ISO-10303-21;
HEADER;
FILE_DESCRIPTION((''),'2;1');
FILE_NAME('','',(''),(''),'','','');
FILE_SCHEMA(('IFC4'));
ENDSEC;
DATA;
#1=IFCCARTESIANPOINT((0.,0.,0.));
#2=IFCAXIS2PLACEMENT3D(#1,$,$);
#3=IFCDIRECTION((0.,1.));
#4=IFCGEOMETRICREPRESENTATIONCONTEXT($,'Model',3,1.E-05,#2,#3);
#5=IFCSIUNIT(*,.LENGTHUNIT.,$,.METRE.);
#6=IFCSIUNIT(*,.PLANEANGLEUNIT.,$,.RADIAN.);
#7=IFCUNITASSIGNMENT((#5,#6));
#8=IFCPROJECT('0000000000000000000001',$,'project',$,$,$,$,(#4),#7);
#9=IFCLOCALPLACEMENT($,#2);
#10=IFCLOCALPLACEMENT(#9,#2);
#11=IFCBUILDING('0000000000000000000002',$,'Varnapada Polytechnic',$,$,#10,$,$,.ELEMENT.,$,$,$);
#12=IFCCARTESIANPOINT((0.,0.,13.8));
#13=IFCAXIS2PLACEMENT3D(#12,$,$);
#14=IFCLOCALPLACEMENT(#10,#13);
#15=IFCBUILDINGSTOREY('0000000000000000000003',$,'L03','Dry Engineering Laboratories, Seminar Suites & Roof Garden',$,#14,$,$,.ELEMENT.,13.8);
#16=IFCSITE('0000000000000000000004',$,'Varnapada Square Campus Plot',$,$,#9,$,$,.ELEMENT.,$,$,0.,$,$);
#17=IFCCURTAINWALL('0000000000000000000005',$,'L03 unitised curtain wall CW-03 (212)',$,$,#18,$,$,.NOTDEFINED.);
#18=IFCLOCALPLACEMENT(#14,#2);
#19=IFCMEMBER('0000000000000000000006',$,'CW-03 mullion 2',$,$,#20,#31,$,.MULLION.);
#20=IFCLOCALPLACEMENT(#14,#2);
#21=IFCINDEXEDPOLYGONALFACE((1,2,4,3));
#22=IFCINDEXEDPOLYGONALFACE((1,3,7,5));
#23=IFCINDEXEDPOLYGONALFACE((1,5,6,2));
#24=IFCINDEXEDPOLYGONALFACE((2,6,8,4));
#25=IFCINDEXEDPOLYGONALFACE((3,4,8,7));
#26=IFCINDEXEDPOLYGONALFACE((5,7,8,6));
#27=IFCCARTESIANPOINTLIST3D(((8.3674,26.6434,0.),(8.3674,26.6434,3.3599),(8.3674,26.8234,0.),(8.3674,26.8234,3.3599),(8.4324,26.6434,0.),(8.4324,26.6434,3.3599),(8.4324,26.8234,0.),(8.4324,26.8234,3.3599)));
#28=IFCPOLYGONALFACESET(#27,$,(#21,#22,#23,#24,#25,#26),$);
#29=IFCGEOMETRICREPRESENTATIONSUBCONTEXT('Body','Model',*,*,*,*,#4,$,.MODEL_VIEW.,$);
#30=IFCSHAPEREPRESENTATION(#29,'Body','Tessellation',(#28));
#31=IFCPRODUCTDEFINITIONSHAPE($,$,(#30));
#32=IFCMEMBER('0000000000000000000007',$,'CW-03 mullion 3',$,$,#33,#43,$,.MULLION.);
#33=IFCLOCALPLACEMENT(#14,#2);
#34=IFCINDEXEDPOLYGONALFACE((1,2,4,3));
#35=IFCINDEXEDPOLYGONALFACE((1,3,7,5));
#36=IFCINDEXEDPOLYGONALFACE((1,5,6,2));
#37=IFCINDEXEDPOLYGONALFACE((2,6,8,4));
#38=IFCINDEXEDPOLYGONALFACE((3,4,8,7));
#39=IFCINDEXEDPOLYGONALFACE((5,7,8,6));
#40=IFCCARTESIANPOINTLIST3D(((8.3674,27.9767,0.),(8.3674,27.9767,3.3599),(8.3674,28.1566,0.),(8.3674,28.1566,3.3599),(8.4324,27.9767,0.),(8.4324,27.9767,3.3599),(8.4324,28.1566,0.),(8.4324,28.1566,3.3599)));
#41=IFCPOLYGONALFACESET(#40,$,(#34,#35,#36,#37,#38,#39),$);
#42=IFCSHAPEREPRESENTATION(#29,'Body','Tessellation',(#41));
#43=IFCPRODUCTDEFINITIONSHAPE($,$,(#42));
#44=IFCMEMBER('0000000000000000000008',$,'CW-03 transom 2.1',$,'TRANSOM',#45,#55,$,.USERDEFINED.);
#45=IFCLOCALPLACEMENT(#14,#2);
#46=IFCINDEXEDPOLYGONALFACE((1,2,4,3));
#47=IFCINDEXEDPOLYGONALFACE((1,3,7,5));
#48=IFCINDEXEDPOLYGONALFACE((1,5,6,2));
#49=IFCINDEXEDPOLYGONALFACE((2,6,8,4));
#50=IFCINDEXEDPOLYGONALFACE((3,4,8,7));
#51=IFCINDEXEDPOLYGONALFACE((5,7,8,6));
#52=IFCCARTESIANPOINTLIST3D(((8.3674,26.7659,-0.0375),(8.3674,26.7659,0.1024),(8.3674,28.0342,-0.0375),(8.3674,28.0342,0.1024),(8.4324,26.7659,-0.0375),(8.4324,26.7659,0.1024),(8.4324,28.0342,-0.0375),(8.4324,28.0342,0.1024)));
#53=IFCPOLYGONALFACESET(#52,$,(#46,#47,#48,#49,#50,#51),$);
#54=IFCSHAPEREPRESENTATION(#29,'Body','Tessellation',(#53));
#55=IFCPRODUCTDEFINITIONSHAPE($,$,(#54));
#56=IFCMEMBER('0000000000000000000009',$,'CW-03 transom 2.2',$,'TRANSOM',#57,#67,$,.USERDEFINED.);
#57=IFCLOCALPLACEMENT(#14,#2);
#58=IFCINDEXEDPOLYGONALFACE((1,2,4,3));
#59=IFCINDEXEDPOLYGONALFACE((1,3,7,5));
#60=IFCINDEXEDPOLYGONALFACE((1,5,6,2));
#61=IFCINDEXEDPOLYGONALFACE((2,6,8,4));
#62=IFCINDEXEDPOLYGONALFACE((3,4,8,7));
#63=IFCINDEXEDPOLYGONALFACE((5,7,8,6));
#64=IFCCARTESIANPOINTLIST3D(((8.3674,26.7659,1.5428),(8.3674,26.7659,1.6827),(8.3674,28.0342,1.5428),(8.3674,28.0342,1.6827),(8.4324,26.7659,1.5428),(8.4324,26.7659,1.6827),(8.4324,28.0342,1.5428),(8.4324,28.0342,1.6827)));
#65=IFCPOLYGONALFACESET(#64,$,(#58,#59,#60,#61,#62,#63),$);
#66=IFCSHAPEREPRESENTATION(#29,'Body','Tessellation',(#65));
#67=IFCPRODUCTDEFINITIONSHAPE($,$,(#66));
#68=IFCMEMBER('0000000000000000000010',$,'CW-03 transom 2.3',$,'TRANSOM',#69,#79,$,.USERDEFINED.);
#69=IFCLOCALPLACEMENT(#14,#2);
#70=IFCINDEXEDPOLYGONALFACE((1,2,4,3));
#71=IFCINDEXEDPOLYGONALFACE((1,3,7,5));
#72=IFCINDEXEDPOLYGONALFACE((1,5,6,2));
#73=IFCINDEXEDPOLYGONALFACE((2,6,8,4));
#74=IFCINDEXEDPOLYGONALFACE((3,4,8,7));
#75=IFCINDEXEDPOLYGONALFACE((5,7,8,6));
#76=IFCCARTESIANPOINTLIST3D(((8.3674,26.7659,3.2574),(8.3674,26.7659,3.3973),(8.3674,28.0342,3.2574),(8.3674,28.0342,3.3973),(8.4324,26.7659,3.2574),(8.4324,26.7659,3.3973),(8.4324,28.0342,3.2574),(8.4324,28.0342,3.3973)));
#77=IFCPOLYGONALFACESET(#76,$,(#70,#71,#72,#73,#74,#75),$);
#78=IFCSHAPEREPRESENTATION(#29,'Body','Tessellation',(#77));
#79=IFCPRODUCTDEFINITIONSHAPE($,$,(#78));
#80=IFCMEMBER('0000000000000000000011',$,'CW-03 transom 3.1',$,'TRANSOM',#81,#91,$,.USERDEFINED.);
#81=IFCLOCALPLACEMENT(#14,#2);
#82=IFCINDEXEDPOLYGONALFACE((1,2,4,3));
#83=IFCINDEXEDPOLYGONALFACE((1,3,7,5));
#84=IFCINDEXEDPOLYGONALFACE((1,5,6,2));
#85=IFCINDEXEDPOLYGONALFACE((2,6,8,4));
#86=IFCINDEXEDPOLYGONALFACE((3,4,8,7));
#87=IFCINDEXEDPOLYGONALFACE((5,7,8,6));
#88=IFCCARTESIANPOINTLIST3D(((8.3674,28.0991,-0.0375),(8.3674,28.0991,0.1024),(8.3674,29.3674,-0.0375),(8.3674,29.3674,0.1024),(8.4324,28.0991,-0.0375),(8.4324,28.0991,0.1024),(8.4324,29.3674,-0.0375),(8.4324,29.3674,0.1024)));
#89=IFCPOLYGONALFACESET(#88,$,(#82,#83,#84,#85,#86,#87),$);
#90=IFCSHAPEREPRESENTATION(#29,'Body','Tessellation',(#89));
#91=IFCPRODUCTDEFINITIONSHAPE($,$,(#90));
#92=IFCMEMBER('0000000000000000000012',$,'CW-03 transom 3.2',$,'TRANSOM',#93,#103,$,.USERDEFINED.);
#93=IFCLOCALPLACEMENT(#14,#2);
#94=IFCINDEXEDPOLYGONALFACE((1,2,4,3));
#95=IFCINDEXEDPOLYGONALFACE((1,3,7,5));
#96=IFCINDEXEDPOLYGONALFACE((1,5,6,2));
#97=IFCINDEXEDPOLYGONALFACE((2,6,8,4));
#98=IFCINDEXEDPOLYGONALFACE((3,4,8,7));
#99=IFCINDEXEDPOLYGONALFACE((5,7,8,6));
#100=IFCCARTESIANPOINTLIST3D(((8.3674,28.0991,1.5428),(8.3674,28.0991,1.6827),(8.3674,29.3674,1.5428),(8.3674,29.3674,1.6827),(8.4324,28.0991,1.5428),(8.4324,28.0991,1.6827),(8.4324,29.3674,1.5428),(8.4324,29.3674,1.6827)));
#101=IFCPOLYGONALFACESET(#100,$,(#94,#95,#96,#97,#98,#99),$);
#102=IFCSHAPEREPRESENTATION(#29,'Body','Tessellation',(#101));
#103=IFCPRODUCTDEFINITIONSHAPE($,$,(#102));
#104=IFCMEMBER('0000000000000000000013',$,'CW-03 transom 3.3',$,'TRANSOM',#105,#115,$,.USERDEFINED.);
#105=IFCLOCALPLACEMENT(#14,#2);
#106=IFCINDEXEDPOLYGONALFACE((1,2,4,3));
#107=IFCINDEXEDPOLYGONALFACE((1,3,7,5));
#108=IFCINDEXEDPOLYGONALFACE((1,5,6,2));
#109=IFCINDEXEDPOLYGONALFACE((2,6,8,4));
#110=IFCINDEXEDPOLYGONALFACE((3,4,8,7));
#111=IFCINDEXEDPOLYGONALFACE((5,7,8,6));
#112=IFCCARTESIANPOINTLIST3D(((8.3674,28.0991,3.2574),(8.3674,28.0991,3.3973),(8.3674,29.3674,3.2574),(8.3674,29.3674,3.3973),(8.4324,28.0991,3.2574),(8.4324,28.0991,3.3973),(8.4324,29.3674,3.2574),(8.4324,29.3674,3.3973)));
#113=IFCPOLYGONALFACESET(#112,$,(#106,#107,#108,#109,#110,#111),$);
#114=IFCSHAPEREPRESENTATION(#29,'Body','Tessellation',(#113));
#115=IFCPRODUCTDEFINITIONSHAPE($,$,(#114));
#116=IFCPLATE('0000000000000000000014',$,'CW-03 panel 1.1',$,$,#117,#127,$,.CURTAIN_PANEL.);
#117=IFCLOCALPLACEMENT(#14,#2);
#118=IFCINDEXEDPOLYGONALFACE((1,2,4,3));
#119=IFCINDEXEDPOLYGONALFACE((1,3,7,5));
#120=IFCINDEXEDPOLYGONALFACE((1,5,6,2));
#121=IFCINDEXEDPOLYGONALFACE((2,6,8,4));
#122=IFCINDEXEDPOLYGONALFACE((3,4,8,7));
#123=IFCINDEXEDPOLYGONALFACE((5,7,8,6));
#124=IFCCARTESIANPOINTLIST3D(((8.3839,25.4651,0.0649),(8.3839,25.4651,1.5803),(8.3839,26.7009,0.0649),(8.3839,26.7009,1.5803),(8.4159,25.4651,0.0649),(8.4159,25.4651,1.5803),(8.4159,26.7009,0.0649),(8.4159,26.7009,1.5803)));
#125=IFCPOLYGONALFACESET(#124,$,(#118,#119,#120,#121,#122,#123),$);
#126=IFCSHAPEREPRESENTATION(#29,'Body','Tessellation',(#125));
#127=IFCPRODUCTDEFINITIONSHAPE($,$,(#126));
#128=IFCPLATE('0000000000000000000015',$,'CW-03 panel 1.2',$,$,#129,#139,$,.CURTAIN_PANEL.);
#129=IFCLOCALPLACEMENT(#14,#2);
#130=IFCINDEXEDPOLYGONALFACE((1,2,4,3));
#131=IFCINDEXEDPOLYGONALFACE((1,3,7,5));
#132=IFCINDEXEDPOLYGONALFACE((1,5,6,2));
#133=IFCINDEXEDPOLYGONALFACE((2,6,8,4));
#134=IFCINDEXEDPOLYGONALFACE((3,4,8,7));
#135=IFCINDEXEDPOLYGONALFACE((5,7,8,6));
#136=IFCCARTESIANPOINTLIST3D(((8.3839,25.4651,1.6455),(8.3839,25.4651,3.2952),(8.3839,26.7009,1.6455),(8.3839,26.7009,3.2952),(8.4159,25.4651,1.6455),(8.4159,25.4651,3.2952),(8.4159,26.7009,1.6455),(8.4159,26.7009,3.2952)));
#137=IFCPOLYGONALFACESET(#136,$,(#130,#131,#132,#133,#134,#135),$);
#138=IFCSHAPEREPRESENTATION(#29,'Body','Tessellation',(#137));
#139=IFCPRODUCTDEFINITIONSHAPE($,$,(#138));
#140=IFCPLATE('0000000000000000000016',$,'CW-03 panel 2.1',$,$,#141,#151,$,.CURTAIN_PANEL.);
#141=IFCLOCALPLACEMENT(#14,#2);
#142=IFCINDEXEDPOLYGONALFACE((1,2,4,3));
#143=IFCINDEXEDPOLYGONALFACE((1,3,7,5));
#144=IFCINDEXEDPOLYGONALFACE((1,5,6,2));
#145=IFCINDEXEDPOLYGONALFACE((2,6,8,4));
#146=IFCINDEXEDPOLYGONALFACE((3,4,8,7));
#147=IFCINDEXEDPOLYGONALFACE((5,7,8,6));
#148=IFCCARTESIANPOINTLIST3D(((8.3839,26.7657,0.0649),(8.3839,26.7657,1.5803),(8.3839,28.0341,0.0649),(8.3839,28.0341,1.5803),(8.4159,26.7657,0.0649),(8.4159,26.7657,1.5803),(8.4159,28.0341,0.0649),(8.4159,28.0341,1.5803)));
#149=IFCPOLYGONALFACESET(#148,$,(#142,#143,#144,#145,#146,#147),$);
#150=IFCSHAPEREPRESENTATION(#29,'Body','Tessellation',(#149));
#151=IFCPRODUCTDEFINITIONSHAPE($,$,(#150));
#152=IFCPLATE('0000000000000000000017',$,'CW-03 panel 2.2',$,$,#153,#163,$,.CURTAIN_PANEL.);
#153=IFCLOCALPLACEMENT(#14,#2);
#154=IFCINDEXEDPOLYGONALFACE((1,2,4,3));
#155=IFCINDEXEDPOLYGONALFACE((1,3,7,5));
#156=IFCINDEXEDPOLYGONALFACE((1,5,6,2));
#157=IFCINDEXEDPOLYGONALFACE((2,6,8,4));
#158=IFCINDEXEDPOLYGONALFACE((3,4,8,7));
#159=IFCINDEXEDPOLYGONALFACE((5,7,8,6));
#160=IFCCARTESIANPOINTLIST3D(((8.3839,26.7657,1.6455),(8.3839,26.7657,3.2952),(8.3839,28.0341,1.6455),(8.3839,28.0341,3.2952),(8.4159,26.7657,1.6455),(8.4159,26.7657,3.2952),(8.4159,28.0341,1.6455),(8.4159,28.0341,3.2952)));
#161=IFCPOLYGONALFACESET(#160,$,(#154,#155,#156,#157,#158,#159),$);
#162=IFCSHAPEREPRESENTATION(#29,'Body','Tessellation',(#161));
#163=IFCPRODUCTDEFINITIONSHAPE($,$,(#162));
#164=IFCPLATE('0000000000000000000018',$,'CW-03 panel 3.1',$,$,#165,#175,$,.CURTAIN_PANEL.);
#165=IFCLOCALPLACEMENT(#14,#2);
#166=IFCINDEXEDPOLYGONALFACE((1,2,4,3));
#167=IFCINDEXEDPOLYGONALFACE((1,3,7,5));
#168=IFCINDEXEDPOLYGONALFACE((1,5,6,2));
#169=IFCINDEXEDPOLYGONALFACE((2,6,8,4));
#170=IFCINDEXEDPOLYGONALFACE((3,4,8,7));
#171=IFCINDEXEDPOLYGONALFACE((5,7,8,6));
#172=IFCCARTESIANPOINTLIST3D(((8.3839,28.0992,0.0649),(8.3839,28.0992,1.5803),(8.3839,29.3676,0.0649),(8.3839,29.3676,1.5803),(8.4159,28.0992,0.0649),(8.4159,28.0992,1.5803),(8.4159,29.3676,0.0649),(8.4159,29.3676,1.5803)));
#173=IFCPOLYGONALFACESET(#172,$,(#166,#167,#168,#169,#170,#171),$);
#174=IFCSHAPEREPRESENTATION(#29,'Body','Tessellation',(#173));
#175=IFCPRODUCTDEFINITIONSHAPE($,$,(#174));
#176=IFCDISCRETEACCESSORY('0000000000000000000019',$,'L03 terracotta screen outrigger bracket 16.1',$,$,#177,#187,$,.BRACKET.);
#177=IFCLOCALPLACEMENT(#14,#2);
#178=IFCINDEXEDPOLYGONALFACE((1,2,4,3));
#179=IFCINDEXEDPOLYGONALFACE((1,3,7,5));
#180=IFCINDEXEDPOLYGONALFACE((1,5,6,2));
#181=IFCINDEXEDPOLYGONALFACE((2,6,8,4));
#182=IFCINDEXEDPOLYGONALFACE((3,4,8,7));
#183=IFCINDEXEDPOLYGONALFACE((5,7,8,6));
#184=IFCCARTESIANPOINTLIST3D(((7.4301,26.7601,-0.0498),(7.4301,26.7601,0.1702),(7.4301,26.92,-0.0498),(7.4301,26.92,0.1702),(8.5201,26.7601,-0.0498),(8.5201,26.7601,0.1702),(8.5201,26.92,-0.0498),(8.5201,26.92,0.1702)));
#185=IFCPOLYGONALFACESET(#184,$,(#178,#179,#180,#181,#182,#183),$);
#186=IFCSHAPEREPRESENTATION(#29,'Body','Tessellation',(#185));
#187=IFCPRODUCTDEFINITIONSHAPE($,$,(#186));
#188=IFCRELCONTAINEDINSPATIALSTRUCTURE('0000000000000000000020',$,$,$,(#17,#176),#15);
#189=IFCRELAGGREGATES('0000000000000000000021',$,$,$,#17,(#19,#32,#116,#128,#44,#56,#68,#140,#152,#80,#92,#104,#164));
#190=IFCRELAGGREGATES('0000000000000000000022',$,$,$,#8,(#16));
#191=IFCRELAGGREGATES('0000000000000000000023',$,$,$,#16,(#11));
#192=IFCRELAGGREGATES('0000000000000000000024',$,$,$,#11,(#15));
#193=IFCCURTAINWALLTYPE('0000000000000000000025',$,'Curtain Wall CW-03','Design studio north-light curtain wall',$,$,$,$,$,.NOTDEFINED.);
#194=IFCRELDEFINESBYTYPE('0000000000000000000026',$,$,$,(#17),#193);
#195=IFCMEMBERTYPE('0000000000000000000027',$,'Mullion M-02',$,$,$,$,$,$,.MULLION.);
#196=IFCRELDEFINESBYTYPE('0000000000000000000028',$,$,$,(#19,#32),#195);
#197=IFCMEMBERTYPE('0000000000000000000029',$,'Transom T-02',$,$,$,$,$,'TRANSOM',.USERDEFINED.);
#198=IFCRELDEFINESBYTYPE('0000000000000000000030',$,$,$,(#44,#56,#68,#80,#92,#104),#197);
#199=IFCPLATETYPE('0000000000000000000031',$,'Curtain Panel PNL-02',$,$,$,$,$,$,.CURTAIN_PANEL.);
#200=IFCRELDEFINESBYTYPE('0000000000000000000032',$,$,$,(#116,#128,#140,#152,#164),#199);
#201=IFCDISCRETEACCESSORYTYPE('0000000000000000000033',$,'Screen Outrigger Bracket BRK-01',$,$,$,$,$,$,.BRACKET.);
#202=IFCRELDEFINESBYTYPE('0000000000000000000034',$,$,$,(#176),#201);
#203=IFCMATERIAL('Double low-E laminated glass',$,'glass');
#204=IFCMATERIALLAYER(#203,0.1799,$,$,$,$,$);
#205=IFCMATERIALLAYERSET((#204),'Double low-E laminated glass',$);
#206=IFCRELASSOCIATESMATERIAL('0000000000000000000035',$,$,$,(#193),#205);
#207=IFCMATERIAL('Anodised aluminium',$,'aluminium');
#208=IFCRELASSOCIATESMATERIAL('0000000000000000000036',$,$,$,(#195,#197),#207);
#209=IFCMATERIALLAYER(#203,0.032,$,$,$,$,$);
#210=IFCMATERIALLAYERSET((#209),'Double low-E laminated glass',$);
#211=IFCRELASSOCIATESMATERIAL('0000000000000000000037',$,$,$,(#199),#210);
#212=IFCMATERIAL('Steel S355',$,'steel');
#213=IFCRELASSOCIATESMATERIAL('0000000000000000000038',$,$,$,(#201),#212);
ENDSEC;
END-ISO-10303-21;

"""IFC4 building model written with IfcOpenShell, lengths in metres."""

from ifc_helpers import new_model, si_unit, direction, frame, origin, origin_2d, place, context, subcontext, project, spatial, rectangle, extrude, material, layer, layer_set, material_profile, profile_set, type_object, element, aggregate, save


model = new_model("IFC4")

# Units and contexts
model_context = context("Model", 3, precision=1e-05, world=origin(), true_north=direction((0.0, 1.0)))
body_context = subcontext(model_context, "Body", "Model", "MODEL_VIEW")
ifc_project = project(units=[si_unit("LENGTHUNIT", "METRE"), si_unit("PLANEANGLEUNIT", "RADIAN")], contexts=[model_context])

# Site, building, storey
site_placement = place(None, origin())
site = spatial("IfcSite", under=ifc_project, at=site_placement, Name="Varnapada Square Campus Plot", CompositionType="ELEMENT", RefElevation=0.0)
building_placement = place(site_placement, origin())
building = spatial("IfcBuilding", under=site, at=building_placement, Name="Varnapada Polytechnic", CompositionType="ELEMENT")
storey_placement = place(building_placement, frame((0.0, 0.0, 13.8)))
storey = spatial("IfcBuildingStorey", under=building, at=storey_placement, Name="L03", Description="Dry Engineering Laboratories, Seminar Suites & Roof Garden", CompositionType="ELEMENT", Elevation=13.8)

# Curtain wall, members, plates
ifc_material_1 = material(Name="Double low-E laminated glass", Category="glass")
ifc_layer_1 = layer(ifc_material_1, 0.1799)
ifc_layer_set_1 = layer_set([ifc_layer_1], Name="Double low-E laminated glass")
curtain_wall_type = type_object("IfcCurtainWallType", Name="Curtain Wall CW-03", Description="Design studio north-light curtain wall", PredefinedType="NOTDEFINED", material=ifc_layer_set_1)
curtain_wall_placement = place(storey_placement, origin())
curtain_wall = element("IfcCurtainWall", 1, at=curtain_wall_placement, inside=storey, type_object=curtain_wall_type, Name="L03 unitised curtain wall CW-03 (212)", PredefinedType="NOTDEFINED")
ifc_material_2 = material(Name="Anodised aluminium", Category="aluminium")
ifc_material_profile_1 = material_profile(ifc_material_2, rectangle(XDim=0.0649, YDim=0.1799, at=origin_2d()), Name="ALU M65x180")
ifc_profile_set_1 = profile_set([ifc_material_profile_1], Name="Anodised aluminium")
member_type_1 = type_object("IfcMemberType", Name="Mullion M-02", PredefinedType="MULLION", material=ifc_profile_set_1)
member_1_placement = place(storey_placement, frame((8.3999, 26.7334, 0.0), z_axis=(0.0, 0.0, 1.0), x_axis=(-1.0, 0.0, 0.0)))
member_1 = element("IfcMember", 2, at=member_1_placement, type_object=member_type_1, Name="CW-03 mullion 2", PredefinedType="MULLION", context=body_context, shape_type="SweptSolid", body=[
    extrude(rectangle(XDim=0.0649, YDim=0.1799, at=origin_2d()), origin(), (0.0, 0.0, 1.0), 3.3599),
])
member_2_placement = place(storey_placement, frame((8.3999, 28.0667, 0.0), z_axis=(0.0, 0.0, 1.0), x_axis=(-1.0, 0.0, 0.0)))
member_2 = element("IfcMember", 3, at=member_2_placement, type_object=member_type_1, Name="CW-03 mullion 3", PredefinedType="MULLION", context=body_context, shape_type="SweptSolid", body=[
    extrude(rectangle(XDim=0.0649, YDim=0.1799, at=origin_2d()), origin(), (0.0, 0.0, 1.0), 3.3599),
])
ifc_material_profile_2 = material_profile(ifc_material_2, rectangle(XDim=0.0649, YDim=0.1399, at=origin_2d()), Name="ALU T65x140")
ifc_profile_set_2 = profile_set([ifc_material_profile_2], Name="Anodised aluminium")
member_type_2 = type_object("IfcMemberType", Name="Transom T-02", ElementType="TRANSOM", PredefinedType="USERDEFINED", material=ifc_profile_set_2)
member_3_placement = place(storey_placement, frame((8.3999, 26.7659, 0.0325), z_axis=(0.0, 1.0, 0.0), x_axis=(-1.0, 0.0, 0.0)))
member_3 = element("IfcMember", 4, at=member_3_placement, type_object=member_type_2, Name="CW-03 transom 2.1", ObjectType="TRANSOM", PredefinedType="USERDEFINED", context=body_context, shape_type="SweptSolid", body=[
    extrude(rectangle(XDim=0.0649, YDim=0.1399, at=origin_2d()), origin(), (0.0, 0.0, 1.0), 1.2683),
])
member_4_placement = place(storey_placement, frame((8.3999, 26.7659, 1.6128), z_axis=(0.0, 1.0, 0.0), x_axis=(-1.0, 0.0, 0.0)))
member_4 = element("IfcMember", 5, at=member_4_placement, type_object=member_type_2, Name="CW-03 transom 2.2", ObjectType="TRANSOM", PredefinedType="USERDEFINED", context=body_context, shape_type="SweptSolid", body=[
    extrude(rectangle(XDim=0.0649, YDim=0.1399, at=origin_2d()), origin(), (0.0, 0.0, 1.0), 1.2683),
])
member_5_placement = place(storey_placement, frame((8.3999, 26.7659, 3.3274), z_axis=(0.0, 1.0, 0.0), x_axis=(-1.0, 0.0, 0.0)))
member_5 = element("IfcMember", 6, at=member_5_placement, type_object=member_type_2, Name="CW-03 transom 2.3", ObjectType="TRANSOM", PredefinedType="USERDEFINED", context=body_context, shape_type="SweptSolid", body=[
    extrude(rectangle(XDim=0.0649, YDim=0.1399, at=origin_2d()), origin(), (0.0, 0.0, 1.0), 1.2683),
])
member_6_placement = place(storey_placement, frame((8.3999, 28.0991, 0.0325), z_axis=(0.0, 1.0, 0.0), x_axis=(-1.0, 0.0, 0.0)))
member_6 = element("IfcMember", 7, at=member_6_placement, type_object=member_type_2, Name="CW-03 transom 3.1", ObjectType="TRANSOM", PredefinedType="USERDEFINED", context=body_context, shape_type="SweptSolid", body=[
    extrude(rectangle(XDim=0.0649, YDim=0.1399, at=origin_2d()), origin(), (0.0, 0.0, 1.0), 1.2683),
])
member_7_placement = place(storey_placement, frame((8.3999, 28.0991, 1.6128), z_axis=(0.0, 1.0, 0.0), x_axis=(-1.0, 0.0, 0.0)))
member_7 = element("IfcMember", 8, at=member_7_placement, type_object=member_type_2, Name="CW-03 transom 3.2", ObjectType="TRANSOM", PredefinedType="USERDEFINED", context=body_context, shape_type="SweptSolid", body=[
    extrude(rectangle(XDim=0.0649, YDim=0.1399, at=origin_2d()), origin(), (0.0, 0.0, 1.0), 1.2683),
])
member_8_placement = place(storey_placement, frame((8.3999, 28.0991, 3.3274), z_axis=(0.0, 1.0, 0.0), x_axis=(-1.0, 0.0, 0.0)))
member_8 = element("IfcMember", 9, at=member_8_placement, type_object=member_type_2, Name="CW-03 transom 3.3", ObjectType="TRANSOM", PredefinedType="USERDEFINED", context=body_context, shape_type="SweptSolid", body=[
    extrude(rectangle(XDim=0.0649, YDim=0.1399, at=origin_2d()), origin(), (0.0, 0.0, 1.0), 1.2683),
])
ifc_layer_2 = layer(ifc_material_1, 0.032)
ifc_layer_set_2 = layer_set([ifc_layer_2], Name="Double low-E laminated glass")
plate_type = type_object("IfcPlateType", Name="Curtain Panel PNL-02", PredefinedType="CURTAIN_PANEL", material=ifc_layer_set_2)
plate_1_placement = place(storey_placement, frame((8.3999, 26.083, 0.0649), z_axis=(0.0, 0.0, 1.0), x_axis=(0.0, 1.0, 0.0)))
plate_1 = element("IfcPlate", 10, at=plate_1_placement, type_object=plate_type, Name="CW-03 panel 1.1", PredefinedType="CURTAIN_PANEL", context=body_context, shape_type="SweptSolid", body=[
    extrude(rectangle(XDim=1.2358, YDim=0.032, at=origin_2d()), origin(), (0.0, 0.0, 1.0), 1.5154),
])
plate_2_placement = place(storey_placement, frame((8.3999, 26.083, 1.6455), z_axis=(0.0, 0.0, 1.0), x_axis=(0.0, 1.0, 0.0)))
plate_2 = element("IfcPlate", 11, at=plate_2_placement, type_object=plate_type, Name="CW-03 panel 1.2", PredefinedType="CURTAIN_PANEL", context=body_context, shape_type="SweptSolid", body=[
    extrude(rectangle(XDim=1.2358, YDim=0.032, at=origin_2d()), origin(), (0.0, 0.0, 1.0), 1.6497),
])
plate_3_placement = place(storey_placement, frame((8.3999, 27.3999, 0.0649), z_axis=(0.0, 0.0, 1.0), x_axis=(0.0, 1.0, 0.0)))
plate_3 = element("IfcPlate", 12, at=plate_3_placement, type_object=plate_type, Name="CW-03 panel 2.1", PredefinedType="CURTAIN_PANEL", context=body_context, shape_type="SweptSolid", body=[
    extrude(rectangle(XDim=1.2683, YDim=0.032, at=origin_2d()), origin(), (0.0, 0.0, 1.0), 1.5154),
])
plate_4_placement = place(storey_placement, frame((8.3999, 27.3999, 1.6455), z_axis=(0.0, 0.0, 1.0), x_axis=(0.0, 1.0, 0.0)))
plate_4 = element("IfcPlate", 13, at=plate_4_placement, type_object=plate_type, Name="CW-03 panel 2.2", PredefinedType="CURTAIN_PANEL", context=body_context, shape_type="SweptSolid", body=[
    extrude(rectangle(XDim=1.2683, YDim=0.032, at=origin_2d()), origin(), (0.0, 0.0, 1.0), 1.6497),
])
plate_5_placement = place(storey_placement, frame((8.3999, 28.7334, 0.0649), z_axis=(0.0, 0.0, 1.0), x_axis=(0.0, 1.0, 0.0)))
plate_5 = element("IfcPlate", 14, at=plate_5_placement, type_object=plate_type, Name="CW-03 panel 3.1", PredefinedType="CURTAIN_PANEL", context=body_context, shape_type="SweptSolid", body=[
    extrude(rectangle(XDim=1.2683, YDim=0.032, at=origin_2d()), origin(), (0.0, 0.0, 1.0), 1.5154),
])
aggregate(curtain_wall, [member_1, member_2, plate_1, plate_2, member_3, member_4, member_5, plate_3, plate_4, member_6, member_7, member_8, plate_5])

# Discrete accessory
ifc_material_3 = material(Name="Steel S355", Category="steel")
discrete_accessory_type = type_object("IfcDiscreteAccessoryType", Name="Screen Outrigger Bracket BRK-01", PredefinedType="BRACKET", material=ifc_material_3)
discrete_accessory_placement = place(storey_placement, frame((7.9751, 26.8401, -0.0498), z_axis=(0.0, 0.0, 1.0), x_axis=(0.0, 1.0, 0.0)))
element("IfcDiscreteAccessory", 15, at=discrete_accessory_placement, inside=storey, type_object=discrete_accessory_type, Name="L03 terracotta screen outrigger bracket 16.1", PredefinedType="BRACKET", context=body_context, shape_type="SweptSolid", body=[
    extrude(rectangle(XDim=0.1599, YDim=1.0901, at=origin_2d()), origin(), (0.0, 0.0, 1.0), 0.22),
])

save(model, "model.ifc")
